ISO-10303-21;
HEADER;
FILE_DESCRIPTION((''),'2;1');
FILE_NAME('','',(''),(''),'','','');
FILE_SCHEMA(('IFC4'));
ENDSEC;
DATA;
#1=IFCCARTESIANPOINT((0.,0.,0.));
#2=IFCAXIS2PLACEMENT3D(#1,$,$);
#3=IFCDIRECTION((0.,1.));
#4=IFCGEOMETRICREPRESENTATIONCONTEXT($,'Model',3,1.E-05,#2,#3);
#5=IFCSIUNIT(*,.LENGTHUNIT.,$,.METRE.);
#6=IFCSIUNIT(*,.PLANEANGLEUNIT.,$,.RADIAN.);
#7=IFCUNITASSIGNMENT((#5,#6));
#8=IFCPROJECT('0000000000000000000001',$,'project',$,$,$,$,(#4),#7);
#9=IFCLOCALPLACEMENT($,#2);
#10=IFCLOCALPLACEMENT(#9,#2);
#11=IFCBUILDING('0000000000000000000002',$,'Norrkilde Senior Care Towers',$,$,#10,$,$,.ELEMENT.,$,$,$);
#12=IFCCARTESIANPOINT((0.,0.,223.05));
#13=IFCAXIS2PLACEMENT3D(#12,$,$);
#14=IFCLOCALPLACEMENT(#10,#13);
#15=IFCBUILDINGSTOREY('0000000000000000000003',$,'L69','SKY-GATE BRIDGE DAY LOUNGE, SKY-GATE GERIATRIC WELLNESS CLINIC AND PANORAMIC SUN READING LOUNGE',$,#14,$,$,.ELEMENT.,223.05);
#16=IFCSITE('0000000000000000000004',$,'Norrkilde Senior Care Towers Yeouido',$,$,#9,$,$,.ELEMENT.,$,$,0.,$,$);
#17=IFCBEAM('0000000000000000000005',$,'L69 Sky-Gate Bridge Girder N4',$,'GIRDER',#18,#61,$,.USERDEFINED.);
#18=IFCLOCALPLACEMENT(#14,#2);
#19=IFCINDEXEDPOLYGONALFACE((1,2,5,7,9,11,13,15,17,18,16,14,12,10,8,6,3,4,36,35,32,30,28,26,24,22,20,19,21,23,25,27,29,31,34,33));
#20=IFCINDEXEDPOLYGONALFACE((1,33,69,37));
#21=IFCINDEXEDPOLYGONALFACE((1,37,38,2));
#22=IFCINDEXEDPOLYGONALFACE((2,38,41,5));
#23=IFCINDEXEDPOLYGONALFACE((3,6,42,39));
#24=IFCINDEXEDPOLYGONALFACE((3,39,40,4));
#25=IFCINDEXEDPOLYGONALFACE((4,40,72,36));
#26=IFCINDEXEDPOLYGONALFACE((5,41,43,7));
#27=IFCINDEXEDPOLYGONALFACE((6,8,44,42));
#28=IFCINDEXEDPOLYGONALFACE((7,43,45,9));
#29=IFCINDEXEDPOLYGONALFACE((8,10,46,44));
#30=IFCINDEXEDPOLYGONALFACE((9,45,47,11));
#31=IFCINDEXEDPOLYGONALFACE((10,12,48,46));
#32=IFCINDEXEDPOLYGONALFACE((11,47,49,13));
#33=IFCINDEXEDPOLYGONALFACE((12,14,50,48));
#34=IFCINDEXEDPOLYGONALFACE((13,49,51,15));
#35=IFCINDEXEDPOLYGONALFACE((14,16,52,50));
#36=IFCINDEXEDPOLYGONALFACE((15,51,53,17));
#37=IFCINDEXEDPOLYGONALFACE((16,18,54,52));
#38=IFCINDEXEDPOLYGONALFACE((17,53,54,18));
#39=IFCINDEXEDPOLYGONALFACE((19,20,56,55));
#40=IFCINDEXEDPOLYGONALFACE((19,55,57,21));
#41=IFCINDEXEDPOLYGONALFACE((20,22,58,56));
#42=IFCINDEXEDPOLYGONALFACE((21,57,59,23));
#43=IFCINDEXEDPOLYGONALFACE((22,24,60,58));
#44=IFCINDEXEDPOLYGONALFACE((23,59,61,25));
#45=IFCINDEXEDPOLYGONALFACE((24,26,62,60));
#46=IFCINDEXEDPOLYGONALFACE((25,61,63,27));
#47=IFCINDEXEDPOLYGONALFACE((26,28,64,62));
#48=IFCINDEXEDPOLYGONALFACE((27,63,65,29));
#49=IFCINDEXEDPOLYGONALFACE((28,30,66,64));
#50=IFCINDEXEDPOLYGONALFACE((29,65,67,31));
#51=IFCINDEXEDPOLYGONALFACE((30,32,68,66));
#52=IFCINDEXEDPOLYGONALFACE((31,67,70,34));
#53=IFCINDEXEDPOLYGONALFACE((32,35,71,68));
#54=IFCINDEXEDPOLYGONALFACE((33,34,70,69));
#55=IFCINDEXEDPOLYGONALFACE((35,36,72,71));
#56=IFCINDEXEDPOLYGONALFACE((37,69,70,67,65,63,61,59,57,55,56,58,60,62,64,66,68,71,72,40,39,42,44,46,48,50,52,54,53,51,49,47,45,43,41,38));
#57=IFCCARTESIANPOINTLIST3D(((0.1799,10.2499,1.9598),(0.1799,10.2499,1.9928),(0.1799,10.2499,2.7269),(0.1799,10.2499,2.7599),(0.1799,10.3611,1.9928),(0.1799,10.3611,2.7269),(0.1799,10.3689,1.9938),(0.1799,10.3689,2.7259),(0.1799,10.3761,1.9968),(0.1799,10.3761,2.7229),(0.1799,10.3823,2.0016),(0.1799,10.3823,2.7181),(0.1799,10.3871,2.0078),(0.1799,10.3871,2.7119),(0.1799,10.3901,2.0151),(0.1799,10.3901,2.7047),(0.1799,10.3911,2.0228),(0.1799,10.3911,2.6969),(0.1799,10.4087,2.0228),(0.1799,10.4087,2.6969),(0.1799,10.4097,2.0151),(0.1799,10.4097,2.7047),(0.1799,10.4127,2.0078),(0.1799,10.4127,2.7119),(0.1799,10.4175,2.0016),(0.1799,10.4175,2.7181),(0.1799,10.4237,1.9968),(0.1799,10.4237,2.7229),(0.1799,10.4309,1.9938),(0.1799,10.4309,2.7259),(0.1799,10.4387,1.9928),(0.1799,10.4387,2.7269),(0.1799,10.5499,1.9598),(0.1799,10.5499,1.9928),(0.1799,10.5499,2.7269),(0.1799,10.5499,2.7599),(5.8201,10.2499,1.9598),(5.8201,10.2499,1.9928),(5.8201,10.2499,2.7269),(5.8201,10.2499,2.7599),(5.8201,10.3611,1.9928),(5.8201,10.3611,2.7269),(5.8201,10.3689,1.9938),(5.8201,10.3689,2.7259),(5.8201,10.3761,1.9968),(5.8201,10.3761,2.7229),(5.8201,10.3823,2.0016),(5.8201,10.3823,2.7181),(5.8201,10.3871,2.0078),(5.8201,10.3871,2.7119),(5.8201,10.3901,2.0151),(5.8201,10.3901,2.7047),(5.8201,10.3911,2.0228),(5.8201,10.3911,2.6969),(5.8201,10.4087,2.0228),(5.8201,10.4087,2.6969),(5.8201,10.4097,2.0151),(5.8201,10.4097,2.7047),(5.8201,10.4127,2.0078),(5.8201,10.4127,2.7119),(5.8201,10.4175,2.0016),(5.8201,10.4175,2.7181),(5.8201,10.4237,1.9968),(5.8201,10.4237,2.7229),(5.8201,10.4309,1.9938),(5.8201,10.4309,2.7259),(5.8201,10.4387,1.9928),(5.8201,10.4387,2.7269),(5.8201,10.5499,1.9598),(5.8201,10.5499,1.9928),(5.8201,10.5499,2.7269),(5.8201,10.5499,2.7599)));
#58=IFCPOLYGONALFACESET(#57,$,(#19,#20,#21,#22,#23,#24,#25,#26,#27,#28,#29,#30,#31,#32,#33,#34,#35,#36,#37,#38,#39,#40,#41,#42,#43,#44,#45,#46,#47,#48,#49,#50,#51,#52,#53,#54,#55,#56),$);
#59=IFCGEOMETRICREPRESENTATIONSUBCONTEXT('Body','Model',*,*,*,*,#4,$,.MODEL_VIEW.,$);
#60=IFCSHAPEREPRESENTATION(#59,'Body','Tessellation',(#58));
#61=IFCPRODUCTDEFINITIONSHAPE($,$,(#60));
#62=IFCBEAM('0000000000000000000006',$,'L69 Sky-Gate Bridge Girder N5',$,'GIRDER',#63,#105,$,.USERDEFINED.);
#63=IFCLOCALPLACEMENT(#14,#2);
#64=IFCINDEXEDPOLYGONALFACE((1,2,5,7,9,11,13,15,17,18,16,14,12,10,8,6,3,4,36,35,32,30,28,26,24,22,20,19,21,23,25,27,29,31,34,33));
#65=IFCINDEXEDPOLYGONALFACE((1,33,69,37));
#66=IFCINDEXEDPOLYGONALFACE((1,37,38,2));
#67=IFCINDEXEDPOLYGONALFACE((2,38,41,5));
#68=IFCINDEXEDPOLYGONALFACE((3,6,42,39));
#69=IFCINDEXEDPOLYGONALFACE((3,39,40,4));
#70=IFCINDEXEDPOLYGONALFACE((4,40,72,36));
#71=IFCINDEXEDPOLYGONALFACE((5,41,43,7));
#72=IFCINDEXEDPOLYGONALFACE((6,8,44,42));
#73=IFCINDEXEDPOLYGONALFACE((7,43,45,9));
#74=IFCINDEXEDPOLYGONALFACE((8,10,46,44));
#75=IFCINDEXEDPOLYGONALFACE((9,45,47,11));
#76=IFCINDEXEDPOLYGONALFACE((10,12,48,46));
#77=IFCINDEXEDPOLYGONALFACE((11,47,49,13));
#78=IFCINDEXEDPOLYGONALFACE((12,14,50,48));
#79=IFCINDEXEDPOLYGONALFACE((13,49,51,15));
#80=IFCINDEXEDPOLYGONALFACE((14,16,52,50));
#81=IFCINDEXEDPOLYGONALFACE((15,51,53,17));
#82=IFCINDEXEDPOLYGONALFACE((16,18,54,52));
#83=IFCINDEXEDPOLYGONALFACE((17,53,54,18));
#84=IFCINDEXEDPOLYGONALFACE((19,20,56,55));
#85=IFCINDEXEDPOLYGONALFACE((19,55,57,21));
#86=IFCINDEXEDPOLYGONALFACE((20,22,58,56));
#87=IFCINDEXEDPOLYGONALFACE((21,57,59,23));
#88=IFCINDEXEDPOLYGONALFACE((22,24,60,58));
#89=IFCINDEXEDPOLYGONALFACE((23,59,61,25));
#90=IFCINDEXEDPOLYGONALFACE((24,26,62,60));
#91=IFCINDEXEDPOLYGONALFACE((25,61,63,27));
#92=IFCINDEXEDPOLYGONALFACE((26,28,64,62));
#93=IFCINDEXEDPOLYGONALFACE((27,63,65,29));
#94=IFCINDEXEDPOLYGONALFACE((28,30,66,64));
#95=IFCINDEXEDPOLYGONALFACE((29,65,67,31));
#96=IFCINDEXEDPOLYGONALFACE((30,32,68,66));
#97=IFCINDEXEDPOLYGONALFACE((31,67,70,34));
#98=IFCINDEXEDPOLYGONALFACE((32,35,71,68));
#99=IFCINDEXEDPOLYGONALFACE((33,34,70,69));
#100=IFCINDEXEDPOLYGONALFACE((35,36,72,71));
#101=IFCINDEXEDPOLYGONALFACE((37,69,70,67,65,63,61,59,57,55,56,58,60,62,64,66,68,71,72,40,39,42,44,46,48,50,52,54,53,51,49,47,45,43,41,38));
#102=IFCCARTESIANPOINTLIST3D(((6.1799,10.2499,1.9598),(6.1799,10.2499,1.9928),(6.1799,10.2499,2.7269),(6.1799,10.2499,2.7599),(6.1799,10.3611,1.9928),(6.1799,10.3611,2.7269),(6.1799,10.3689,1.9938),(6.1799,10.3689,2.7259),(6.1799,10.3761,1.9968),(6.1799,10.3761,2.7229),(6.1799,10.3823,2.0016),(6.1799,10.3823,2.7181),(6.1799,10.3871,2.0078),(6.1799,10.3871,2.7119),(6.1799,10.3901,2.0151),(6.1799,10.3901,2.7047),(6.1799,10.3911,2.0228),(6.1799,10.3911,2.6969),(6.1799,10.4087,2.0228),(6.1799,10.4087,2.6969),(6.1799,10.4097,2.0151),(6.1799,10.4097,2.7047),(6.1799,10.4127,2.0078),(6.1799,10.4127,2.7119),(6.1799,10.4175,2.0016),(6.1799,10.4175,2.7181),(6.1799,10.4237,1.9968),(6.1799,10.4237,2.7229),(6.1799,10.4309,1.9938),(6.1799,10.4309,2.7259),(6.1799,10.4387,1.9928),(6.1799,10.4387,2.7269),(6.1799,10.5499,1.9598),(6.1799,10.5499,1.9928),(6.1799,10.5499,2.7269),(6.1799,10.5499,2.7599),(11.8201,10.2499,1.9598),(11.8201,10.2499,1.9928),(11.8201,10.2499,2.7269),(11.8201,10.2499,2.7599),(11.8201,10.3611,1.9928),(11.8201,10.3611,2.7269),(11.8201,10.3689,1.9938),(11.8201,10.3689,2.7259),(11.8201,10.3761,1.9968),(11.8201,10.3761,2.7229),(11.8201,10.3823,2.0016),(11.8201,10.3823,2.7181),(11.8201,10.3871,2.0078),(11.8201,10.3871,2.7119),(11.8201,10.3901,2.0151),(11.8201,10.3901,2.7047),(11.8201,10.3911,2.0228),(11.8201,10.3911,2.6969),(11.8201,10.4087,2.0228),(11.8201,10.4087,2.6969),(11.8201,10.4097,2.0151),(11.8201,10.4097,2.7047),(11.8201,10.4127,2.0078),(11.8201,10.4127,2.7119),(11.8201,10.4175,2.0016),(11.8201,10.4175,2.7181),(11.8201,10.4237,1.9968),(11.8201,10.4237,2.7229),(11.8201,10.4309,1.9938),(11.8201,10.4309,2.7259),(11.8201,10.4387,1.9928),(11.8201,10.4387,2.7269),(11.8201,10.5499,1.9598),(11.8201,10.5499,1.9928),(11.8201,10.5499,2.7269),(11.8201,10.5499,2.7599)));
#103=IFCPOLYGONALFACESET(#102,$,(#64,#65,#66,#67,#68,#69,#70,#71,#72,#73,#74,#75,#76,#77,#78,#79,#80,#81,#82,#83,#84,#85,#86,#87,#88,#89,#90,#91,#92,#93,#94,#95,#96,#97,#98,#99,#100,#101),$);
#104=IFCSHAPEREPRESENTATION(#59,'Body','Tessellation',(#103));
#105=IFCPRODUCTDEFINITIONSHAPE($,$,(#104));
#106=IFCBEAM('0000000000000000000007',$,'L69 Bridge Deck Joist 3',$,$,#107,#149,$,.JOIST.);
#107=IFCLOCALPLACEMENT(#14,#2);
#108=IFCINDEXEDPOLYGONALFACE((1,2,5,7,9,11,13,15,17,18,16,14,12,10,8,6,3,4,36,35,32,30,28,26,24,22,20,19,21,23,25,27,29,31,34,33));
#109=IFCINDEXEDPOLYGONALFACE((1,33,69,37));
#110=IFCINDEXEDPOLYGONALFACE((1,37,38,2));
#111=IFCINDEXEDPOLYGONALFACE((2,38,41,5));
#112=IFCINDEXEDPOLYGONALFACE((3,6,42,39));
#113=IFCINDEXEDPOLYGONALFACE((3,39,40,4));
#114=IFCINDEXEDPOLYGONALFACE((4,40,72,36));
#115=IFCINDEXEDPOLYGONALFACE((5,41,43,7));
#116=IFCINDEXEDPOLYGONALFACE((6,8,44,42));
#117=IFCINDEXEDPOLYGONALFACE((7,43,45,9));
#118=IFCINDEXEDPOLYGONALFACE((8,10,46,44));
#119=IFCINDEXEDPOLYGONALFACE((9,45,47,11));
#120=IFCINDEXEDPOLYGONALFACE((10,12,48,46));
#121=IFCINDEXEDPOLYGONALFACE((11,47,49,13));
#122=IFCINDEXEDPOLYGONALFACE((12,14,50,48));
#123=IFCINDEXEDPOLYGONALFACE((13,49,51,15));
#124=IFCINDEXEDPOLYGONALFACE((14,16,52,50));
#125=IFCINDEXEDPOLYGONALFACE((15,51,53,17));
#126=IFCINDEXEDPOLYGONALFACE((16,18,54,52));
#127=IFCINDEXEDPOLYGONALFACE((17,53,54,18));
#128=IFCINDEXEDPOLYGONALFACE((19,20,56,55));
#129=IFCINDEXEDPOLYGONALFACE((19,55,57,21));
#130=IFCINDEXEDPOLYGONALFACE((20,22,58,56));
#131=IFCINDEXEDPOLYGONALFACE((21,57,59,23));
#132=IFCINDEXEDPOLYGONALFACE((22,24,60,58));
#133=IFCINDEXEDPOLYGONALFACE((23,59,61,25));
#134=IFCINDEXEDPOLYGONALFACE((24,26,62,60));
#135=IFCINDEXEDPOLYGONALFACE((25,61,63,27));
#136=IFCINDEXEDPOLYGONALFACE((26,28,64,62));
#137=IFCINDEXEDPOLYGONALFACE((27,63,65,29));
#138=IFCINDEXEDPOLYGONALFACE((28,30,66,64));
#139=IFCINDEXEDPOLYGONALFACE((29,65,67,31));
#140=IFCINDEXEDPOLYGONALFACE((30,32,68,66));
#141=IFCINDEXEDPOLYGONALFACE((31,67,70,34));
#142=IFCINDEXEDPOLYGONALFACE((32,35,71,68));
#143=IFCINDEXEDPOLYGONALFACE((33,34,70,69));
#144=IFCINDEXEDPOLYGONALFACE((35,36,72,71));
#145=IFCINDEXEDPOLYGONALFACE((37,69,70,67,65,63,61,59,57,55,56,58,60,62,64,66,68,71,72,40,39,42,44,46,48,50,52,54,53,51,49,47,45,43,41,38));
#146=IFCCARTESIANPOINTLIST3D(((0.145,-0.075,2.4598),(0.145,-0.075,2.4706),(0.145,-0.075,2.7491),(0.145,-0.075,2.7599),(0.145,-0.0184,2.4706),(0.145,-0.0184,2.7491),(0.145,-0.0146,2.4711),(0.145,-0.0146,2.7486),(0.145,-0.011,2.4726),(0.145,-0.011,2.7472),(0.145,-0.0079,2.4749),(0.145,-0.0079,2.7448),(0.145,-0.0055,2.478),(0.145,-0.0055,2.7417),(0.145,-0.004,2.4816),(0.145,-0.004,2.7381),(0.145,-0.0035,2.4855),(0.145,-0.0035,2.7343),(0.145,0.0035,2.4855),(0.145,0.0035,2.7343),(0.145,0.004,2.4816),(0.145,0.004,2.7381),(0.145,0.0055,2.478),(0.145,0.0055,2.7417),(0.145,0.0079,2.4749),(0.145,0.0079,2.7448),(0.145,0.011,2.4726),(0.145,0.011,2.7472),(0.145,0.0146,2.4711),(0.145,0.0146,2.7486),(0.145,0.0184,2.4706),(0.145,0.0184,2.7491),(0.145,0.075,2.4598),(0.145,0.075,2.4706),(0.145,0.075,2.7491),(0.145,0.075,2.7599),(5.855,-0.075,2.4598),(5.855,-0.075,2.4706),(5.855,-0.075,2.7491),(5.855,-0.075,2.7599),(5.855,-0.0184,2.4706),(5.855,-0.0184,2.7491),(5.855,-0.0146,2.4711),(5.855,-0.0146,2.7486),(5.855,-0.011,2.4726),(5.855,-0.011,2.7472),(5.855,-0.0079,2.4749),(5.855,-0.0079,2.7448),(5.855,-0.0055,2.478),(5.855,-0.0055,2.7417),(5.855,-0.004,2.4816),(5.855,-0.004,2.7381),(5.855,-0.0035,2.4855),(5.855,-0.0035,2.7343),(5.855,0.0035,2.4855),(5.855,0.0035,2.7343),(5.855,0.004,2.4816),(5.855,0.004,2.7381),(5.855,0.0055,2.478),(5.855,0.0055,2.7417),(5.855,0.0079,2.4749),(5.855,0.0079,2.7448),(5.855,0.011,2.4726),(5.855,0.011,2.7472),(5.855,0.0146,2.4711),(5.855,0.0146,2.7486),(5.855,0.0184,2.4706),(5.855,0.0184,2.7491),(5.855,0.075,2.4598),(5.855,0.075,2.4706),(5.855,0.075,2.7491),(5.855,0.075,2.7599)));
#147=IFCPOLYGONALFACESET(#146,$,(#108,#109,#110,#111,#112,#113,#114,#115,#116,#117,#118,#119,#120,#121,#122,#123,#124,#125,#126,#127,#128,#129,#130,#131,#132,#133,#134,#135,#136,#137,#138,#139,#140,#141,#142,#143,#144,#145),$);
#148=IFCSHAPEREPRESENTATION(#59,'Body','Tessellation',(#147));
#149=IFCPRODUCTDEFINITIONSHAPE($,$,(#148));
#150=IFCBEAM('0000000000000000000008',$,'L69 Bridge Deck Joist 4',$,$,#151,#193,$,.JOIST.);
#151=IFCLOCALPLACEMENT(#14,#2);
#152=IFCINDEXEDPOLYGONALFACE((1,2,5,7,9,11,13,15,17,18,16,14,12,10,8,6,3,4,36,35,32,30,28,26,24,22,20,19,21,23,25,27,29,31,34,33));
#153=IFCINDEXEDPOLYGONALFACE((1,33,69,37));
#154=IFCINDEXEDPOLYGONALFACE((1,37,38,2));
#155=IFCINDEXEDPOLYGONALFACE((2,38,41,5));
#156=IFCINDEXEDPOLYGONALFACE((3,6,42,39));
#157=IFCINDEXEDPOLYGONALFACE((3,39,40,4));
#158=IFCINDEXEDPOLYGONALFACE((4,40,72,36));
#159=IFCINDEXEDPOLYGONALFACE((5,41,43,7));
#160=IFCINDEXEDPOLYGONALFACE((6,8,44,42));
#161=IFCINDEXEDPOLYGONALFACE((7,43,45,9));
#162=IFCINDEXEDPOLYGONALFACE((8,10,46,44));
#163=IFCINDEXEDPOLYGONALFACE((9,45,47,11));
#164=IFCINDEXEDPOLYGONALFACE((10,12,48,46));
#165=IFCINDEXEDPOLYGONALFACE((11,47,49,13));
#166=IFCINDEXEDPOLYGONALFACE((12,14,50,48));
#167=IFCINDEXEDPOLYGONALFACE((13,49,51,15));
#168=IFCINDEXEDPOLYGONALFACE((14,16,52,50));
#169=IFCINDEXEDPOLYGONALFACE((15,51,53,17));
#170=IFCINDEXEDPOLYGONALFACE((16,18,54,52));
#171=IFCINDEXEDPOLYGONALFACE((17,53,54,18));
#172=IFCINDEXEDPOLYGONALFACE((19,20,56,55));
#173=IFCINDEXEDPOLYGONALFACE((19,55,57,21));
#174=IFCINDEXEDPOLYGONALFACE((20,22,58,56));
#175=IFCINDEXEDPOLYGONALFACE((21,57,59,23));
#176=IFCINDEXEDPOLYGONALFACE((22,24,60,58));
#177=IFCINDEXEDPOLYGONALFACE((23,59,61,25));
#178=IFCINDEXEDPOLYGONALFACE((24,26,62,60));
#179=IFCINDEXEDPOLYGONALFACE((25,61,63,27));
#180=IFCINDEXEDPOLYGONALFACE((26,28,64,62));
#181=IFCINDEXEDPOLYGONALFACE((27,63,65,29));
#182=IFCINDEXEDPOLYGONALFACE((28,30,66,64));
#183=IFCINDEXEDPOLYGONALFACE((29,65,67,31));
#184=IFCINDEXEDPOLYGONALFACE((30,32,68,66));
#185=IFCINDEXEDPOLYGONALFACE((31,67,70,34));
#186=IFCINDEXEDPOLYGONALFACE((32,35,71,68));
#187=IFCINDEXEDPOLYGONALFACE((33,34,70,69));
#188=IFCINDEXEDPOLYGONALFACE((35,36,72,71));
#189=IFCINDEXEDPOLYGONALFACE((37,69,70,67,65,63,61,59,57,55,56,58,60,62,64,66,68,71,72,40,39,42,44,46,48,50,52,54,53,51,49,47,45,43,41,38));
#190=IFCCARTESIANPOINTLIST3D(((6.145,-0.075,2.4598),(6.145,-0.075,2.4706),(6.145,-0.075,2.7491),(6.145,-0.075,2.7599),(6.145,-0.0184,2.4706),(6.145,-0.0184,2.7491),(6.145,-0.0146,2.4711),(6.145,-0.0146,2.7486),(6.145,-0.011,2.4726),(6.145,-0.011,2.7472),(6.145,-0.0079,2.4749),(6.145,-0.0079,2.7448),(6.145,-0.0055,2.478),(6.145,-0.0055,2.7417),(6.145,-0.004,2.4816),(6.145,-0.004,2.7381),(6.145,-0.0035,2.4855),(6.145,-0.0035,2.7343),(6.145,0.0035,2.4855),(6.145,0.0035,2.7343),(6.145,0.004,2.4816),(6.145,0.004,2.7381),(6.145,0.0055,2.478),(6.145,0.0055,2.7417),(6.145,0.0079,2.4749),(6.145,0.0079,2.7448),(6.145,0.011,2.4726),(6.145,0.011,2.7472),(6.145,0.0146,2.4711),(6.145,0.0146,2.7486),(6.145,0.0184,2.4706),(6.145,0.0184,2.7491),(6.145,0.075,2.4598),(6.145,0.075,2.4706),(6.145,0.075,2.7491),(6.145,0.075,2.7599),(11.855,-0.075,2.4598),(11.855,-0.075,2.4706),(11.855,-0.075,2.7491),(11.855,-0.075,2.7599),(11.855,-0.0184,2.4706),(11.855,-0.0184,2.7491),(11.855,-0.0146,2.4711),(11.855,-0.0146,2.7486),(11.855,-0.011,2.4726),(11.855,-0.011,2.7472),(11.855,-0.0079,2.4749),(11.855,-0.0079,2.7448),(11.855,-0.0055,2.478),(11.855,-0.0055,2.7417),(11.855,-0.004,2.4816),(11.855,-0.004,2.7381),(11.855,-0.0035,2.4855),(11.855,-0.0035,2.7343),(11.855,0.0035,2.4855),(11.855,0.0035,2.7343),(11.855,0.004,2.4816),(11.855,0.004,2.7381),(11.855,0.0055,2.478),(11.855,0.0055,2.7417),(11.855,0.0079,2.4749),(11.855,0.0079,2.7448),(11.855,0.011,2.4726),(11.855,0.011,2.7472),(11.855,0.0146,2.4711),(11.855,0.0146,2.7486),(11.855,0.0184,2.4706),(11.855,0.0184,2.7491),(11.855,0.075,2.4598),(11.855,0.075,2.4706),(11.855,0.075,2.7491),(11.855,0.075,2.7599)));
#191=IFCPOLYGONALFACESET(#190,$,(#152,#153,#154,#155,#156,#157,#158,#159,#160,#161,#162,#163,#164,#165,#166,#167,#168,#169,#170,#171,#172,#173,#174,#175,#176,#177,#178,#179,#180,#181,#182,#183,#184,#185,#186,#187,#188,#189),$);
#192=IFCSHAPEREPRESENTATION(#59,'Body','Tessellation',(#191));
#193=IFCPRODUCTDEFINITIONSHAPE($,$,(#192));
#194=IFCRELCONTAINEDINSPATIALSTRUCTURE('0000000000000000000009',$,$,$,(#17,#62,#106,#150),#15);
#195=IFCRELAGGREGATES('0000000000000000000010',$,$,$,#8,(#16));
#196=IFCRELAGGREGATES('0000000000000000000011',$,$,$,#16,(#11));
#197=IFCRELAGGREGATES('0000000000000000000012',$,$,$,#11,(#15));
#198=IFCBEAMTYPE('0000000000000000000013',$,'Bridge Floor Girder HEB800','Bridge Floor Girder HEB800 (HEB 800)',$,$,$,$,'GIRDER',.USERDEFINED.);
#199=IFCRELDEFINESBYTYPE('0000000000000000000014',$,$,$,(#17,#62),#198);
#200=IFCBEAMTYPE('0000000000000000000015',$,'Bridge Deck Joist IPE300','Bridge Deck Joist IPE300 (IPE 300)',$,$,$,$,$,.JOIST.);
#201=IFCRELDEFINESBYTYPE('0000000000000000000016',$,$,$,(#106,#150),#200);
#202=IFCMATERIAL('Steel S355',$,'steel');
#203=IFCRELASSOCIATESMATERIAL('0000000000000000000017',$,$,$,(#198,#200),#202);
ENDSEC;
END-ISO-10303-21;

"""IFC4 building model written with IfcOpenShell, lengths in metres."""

from ifc_helpers import new_model, si_unit, direction, frame, origin, origin_2d, place, context, subcontext, project, spatial, i_section, extrude, source, transform, mapped, material, material_profile, profile_set, type_object, type_shapes, element, save


model = new_model("IFC4")

# Units and contexts
model_context = context("Model", 3, precision=1e-05, world=origin(), true_north=direction((0.0, 1.0)))
body_context = subcontext(model_context, "Body", "Model", "MODEL_VIEW")
ifc_project = project(units=[si_unit("LENGTHUNIT", "METRE"), si_unit("PLANEANGLEUNIT", "RADIAN")], contexts=[model_context])

# Site, building, storey
site_placement = place(None, origin())
site = spatial("IfcSite", under=ifc_project, at=site_placement, Name="Norrkilde Senior Care Towers Yeouido", CompositionType="ELEMENT", RefElevation=0.0)
building_placement = place(site_placement, origin())
building = spatial("IfcBuilding", under=site, at=building_placement, Name="Norrkilde Senior Care Towers", CompositionType="ELEMENT")
storey_placement = place(building_placement, frame((0.0, 0.0, 223.05)))
storey = spatial("IfcBuildingStorey", under=building, at=storey_placement, Name="L69", Description="SKY-GATE BRIDGE DAY LOUNGE, SKY-GATE GERIATRIC WELLNESS CLINIC AND PANORAMIC SUN READING LOUNGE", CompositionType="ELEMENT", Elevation=223.05)

# Shared definitions
ifc_material_1 = material(Name="Steel S355", Category="steel")

# Beams
ifc_material_profile_1 = material_profile(ifc_material_1, i_section(OverallWidth=0.3, OverallDepth=0.8, WebThickness=0.0176, FlangeThickness=0.033, FilletRadius=0.03, at=origin_2d()), Name="HEB 800")
ifc_profile_set_1 = profile_set([ifc_material_profile_1], Name="Steel S355")
beam_type_1 = type_object("IfcBeamType", Name="Bridge Floor Girder HEB800", Description="Bridge Floor Girder HEB800 (HEB 800)", ElementType="GIRDER", PredefinedType="USERDEFINED", material=ifc_profile_set_1)
shared_shape_1 = source(origin(), body_context, "Body", "SweptSolid", [
    extrude(i_section(OverallWidth=0.3, OverallDepth=0.8, WebThickness=0.0176, FlangeThickness=0.033, FilletRadius=0.03, at=origin_2d()), origin(), (0.0, 0.0, 1.0), 5.6401),
])
type_shapes(beam_type_1, [shared_shape_1])
for number, where, z_axis, x_axis, name in (
    (1, (0.1799, 10.3999, 2.3599), (1.0, 0.0, 0.0), (0.0, 1.0, 0.0), "L69 Sky-Gate Bridge Girder N4"),
    (2, (6.1799, 10.3999, 2.3599), (1.0, 0.0, 0.0), (0.0, 1.0, 0.0), "L69 Sky-Gate Bridge Girder N5"),
):
    element("IfcBeam", number, at=place(storey_placement, frame(where, z_axis=z_axis, x_axis=x_axis)), inside=storey, type_object=beam_type_1, Name=name, ObjectType="GIRDER", PredefinedType="USERDEFINED", context=body_context, shape_type="MappedRepresentation", body=[
        mapped(shared_shape_1, transform((0.0, 0.0, 0.0), x_axis=(1.0, 0.0, 0.0), y_axis=(0.0, 1.0, 0.0), z_axis=(0.0, 0.0, 1.0), scale=1.0)),
    ])
ifc_material_profile_2 = material_profile(ifc_material_1, i_section(OverallWidth=0.1499, OverallDepth=0.3, WebThickness=0.0071, FlangeThickness=0.0107, FilletRadius=0.0149, at=origin_2d()), Name="IPE 300")
ifc_profile_set_2 = profile_set([ifc_material_profile_2], Name="Steel S355")
beam_type_2 = type_object("IfcBeamType", Name="Bridge Deck Joist IPE300", Description="Bridge Deck Joist IPE300 (IPE 300)", PredefinedType="JOIST", material=ifc_profile_set_2)
shared_shape_2 = source(origin(), body_context, "Body", "SweptSolid", [
    extrude(i_section(OverallWidth=0.1499, OverallDepth=0.3, WebThickness=0.0071, FlangeThickness=0.0107, FilletRadius=0.0149, at=origin_2d()), origin(), (0.0, 0.0, 1.0), 5.71),
])
type_shapes(beam_type_2, [shared_shape_2])
for number, where, z_axis, x_axis, name in (
    (3, (0.145, 0.0, 2.6099), (1.0, 0.0, 0.0), (0.0, 1.0, 0.0), "L69 Bridge Deck Joist 3"),
    (4, (6.145, 0.0, 2.6099), (1.0, 0.0, 0.0), (0.0, 1.0, 0.0), "L69 Bridge Deck Joist 4"),
):
    element("IfcBeam", number, at=place(storey_placement, frame(where, z_axis=z_axis, x_axis=x_axis)), inside=storey, type_object=beam_type_2, Name=name, PredefinedType="JOIST", context=body_context, shape_type="MappedRepresentation", body=[
        mapped(shared_shape_2, transform((0.0, 0.0, 0.0), x_axis=(1.0, 0.0, 0.0), y_axis=(0.0, 1.0, 0.0), z_axis=(0.0, 0.0, 1.0), scale=1.0)),
    ])

save(model, "model.ifc")
